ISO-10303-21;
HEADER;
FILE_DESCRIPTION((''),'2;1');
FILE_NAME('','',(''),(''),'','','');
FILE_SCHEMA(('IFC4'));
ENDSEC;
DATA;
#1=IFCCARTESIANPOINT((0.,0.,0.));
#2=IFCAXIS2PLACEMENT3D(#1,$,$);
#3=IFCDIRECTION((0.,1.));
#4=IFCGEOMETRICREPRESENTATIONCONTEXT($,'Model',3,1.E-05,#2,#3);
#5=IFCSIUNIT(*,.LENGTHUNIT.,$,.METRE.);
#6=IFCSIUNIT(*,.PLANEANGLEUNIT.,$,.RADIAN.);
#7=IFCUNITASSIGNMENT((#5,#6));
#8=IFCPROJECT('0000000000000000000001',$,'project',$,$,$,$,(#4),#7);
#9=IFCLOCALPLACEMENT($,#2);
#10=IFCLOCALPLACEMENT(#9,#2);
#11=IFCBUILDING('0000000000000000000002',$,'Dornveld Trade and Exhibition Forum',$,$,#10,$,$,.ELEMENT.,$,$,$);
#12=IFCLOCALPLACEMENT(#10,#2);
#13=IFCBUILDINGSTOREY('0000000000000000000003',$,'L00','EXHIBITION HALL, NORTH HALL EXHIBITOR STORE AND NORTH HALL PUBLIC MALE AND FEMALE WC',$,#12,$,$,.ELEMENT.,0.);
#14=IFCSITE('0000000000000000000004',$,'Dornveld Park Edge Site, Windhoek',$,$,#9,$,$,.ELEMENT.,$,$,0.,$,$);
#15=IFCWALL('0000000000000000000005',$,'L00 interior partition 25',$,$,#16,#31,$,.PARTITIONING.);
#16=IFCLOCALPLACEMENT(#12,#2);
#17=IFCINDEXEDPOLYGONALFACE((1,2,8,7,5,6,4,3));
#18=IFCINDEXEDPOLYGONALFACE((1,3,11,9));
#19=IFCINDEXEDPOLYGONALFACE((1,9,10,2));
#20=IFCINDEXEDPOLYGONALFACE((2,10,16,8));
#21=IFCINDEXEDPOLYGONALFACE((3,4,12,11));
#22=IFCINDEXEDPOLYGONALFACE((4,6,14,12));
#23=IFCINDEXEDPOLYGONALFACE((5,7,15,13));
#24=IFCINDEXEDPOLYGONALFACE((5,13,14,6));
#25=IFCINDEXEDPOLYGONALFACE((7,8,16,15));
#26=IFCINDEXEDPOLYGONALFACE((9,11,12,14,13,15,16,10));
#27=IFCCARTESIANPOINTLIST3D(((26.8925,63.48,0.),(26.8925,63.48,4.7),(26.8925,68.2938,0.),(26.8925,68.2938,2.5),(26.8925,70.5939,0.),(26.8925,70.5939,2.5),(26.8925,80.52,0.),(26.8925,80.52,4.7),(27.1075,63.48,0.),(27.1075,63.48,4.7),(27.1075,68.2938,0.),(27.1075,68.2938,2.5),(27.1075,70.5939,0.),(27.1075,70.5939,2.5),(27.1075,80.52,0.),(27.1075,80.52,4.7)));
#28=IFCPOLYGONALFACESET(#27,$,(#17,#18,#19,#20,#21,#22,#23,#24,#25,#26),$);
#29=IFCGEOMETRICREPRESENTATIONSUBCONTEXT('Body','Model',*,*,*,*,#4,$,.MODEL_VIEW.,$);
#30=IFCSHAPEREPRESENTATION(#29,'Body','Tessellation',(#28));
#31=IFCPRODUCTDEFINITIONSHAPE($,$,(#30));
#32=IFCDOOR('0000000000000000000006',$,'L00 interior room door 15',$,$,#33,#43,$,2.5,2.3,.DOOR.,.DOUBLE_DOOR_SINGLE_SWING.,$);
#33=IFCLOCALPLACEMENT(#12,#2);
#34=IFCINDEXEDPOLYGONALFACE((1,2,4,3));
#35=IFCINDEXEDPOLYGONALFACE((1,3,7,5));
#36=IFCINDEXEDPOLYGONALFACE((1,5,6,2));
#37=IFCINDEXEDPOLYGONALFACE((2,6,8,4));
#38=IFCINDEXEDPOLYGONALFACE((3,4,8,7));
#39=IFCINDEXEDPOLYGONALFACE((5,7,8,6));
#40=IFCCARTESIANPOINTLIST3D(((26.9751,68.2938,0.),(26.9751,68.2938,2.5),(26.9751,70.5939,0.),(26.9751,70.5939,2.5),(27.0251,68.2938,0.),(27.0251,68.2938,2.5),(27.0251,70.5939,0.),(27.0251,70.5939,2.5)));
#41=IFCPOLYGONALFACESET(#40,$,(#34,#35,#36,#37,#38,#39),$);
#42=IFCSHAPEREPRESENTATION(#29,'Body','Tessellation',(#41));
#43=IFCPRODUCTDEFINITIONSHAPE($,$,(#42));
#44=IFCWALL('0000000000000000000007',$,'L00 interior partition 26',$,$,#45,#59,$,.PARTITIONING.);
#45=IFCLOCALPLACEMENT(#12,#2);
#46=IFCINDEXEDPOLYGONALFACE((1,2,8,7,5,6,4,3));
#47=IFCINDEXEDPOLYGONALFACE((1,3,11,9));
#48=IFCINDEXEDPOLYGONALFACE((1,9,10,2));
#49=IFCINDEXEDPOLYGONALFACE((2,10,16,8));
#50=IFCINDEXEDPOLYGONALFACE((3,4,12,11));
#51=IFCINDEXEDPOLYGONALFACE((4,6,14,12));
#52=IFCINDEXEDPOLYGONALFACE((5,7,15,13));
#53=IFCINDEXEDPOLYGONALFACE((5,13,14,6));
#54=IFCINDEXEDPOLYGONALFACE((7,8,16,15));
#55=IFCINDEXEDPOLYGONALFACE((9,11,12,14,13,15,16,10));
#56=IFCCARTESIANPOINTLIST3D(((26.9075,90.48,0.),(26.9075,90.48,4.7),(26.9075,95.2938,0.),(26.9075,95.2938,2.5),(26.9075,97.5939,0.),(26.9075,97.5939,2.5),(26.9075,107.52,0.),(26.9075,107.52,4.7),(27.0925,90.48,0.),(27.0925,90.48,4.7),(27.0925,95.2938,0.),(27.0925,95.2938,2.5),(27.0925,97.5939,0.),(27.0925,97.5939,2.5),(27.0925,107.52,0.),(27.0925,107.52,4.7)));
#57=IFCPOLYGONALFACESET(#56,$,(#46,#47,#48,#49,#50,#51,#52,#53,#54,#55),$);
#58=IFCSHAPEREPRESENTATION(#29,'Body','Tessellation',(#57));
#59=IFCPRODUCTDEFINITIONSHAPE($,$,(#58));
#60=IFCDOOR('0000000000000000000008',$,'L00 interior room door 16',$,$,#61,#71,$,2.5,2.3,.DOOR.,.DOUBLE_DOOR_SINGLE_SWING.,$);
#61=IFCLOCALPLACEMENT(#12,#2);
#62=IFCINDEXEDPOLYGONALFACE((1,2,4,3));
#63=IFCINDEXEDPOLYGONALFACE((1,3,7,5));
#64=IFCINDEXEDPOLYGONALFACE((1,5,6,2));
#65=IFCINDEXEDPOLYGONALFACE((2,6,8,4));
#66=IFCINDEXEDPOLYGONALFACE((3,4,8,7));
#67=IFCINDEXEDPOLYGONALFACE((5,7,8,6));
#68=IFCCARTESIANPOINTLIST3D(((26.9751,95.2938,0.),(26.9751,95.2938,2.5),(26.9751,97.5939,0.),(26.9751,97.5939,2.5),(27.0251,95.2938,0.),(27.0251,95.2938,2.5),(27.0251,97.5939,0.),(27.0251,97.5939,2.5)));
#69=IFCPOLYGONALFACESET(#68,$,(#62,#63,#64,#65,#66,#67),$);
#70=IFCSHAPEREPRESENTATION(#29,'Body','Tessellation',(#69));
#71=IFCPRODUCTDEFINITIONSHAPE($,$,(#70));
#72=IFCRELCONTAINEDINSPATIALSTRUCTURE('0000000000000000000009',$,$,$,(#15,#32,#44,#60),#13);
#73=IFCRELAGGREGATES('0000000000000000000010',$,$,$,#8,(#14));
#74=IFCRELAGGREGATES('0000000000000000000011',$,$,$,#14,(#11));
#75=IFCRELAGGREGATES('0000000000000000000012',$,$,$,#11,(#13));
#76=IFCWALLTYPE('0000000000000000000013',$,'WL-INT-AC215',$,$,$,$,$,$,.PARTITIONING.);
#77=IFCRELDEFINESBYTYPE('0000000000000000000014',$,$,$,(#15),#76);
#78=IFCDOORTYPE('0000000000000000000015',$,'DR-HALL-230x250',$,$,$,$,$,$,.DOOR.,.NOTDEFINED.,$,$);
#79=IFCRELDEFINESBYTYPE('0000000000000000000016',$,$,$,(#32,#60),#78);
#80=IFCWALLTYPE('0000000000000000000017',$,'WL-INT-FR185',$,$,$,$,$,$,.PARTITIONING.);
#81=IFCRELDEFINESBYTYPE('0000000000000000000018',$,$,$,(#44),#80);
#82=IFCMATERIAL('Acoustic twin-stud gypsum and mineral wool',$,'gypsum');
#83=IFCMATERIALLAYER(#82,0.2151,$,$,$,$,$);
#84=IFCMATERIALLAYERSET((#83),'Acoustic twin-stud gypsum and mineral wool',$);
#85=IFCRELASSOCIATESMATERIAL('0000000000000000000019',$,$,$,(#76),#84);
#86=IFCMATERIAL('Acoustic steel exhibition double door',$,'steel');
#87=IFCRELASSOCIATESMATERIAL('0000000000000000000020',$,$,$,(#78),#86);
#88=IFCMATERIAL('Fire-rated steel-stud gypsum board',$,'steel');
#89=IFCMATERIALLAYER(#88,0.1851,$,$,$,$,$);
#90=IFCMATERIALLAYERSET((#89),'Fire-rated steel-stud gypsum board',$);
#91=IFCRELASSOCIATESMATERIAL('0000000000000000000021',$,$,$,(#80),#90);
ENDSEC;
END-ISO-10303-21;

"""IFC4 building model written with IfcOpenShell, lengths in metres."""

from ifc_helpers import new_model, si_unit, direction, frame, frame_2d, origin, place, context, subcontext, project, spatial, rectangle, extrude, material, layer, layer_set, type_object, element, fill, save


model = new_model("IFC4")

# Units and contexts
model_context = context("Model", 3, precision=1e-05, world=origin(), true_north=direction((0.0, 1.0)))
body_context = subcontext(model_context, "Body", "Model", "MODEL_VIEW")
ifc_project = project(units=[si_unit("LENGTHUNIT", "METRE"), si_unit("PLANEANGLEUNIT", "RADIAN")], contexts=[model_context])

# Site, building, storey
site_placement = place(None, origin())
site = spatial("IfcSite", under=ifc_project, at=site_placement, Name="Dornveld Park Edge Site, Windhoek", CompositionType="ELEMENT", RefElevation=0.0)
building_placement = place(site_placement, origin())
building = spatial("IfcBuilding", under=site, at=building_placement, Name="Dornveld Trade and Exhibition Forum", CompositionType="ELEMENT")
storey_placement = place(building_placement, origin())
storey = spatial("IfcBuildingStorey", under=building, at=storey_placement, Name="L00", Description="EXHIBITION HALL, NORTH HALL EXHIBITOR STORE AND NORTH HALL PUBLIC MALE AND FEMALE WC", CompositionType="ELEMENT", Elevation=0.0)

# Walls, openings, doors
ifc_material_1 = material(Name="Acoustic twin-stud gypsum and mineral wool", Category="gypsum")
ifc_layer_1 = layer(ifc_material_1, 0.2151)
ifc_layer_set_1 = layer_set([ifc_layer_1], Name="Acoustic twin-stud gypsum and mineral wool")
wall_type_1 = type_object("IfcWallType", Name="WL-INT-AC215", PredefinedType="PARTITIONING", material=ifc_layer_set_1)
wall_1_placement = place(storey_placement, frame((27.0, 63.48, 0.0), z_axis=(0.0, 0.0, 1.0), x_axis=(0.0, 1.0, 0.0)))
wall_1 = element("IfcWall", 1, at=wall_1_placement, inside=storey, type_object=wall_type_1, Name="L00 interior partition 25", PredefinedType="PARTITIONING", context=body_context, shape_type="SweptSolid", body=[
    extrude(rectangle(XDim=17.04, YDim=0.2151, at=frame_2d((8.52, 0.0))), origin(), (0.0, 0.0, 1.0), 4.7),
])
opening_1_placement = place(wall_1_placement, frame((4.814, 0.0, 0.0)))
opening_1 = element("IfcOpeningElement", 2, at=opening_1_placement, cuts=wall_1, PredefinedType="OPENING", context=body_context, shape_type="SweptSolid", body=[
    extrude(rectangle(XDim=2.3, YDim=2.5, at=frame_2d((1.1499, 1.25))), frame((0.0, 0.1174, 0.0), z_axis=(0.0, -1.0, 0.0), x_axis=(1.0, 0.0, 0.0)), (0.0, 0.0, 1.0), 0.2351),
])
ifc_material_2 = material(Name="Acoustic steel exhibition double door", Category="steel")
door_type = type_object("IfcDoorType", Name="DR-HALL-230x250", OperationType="NOTDEFINED", PredefinedType="DOOR", material=ifc_material_2)
door_1_placement = place(opening_1_placement, origin())
door_1 = element("IfcDoor", 3, at=door_1_placement, inside=storey, type_object=door_type, Name="L00 interior room door 15", OperationType="DOUBLE_DOOR_SINGLE_SWING", OverallHeight=2.5, OverallWidth=2.3, PredefinedType="DOOR", context=body_context, shape_type="SweptSolid", body=[
    extrude(rectangle(XDim=2.3, YDim=2.5, at=frame_2d((1.1499, 1.25))), frame((0.0, 0.0249, 0.0), z_axis=(0.0, -1.0, 0.0), x_axis=(1.0, 0.0, 0.0)), (0.0, 0.0, 1.0), 0.05),
])
fill(opening_1, door_1)
ifc_material_3 = material(Name="Fire-rated steel-stud gypsum board", Category="steel")
ifc_layer_2 = layer(ifc_material_3, 0.1851)
ifc_layer_set_2 = layer_set([ifc_layer_2], Name="Fire-rated steel-stud gypsum board")
wall_type_2 = type_object("IfcWallType", Name="WL-INT-FR185", PredefinedType="PARTITIONING", material=ifc_layer_set_2)
wall_2_placement = place(storey_placement, frame((27.0, 90.48, 0.0), z_axis=(0.0, 0.0, 1.0), x_axis=(0.0, 1.0, 0.0)))
wall_2 = element("IfcWall", 4, at=wall_2_placement, inside=storey, type_object=wall_type_2, Name="L00 interior partition 26", PredefinedType="PARTITIONING", context=body_context, shape_type="SweptSolid", body=[
    extrude(rectangle(XDim=17.04, YDim=0.1851, at=frame_2d((8.52, 0.0))), origin(), (0.0, 0.0, 1.0), 4.7),
])
opening_2_placement = place(wall_2_placement, frame((4.814, 0.0, 0.0)))
opening_2 = element("IfcOpeningElement", 5, at=opening_2_placement, cuts=wall_2, PredefinedType="OPENING", context=body_context, shape_type="SweptSolid", body=[
    extrude(rectangle(XDim=2.3, YDim=2.5, at=frame_2d((1.1499, 1.25))), frame((0.0, 0.1025, 0.0), z_axis=(0.0, -1.0, 0.0), x_axis=(1.0, 0.0, 0.0)), (0.0, 0.0, 1.0), 0.2051),
])
door_2_placement = place(opening_2_placement, origin())
door_2 = element("IfcDoor", 6, at=door_2_placement, inside=storey, type_object=door_type, Name="L00 interior room door 16", OperationType="DOUBLE_DOOR_SINGLE_SWING", OverallHeight=2.5, OverallWidth=2.3, PredefinedType="DOOR", context=body_context, shape_type="SweptSolid", body=[
    extrude(rectangle(XDim=2.3, YDim=2.5, at=frame_2d((1.1499, 1.25))), frame((0.0, 0.0249, 0.0), z_axis=(0.0, -1.0, 0.0), x_axis=(1.0, 0.0, 0.0)), (0.0, 0.0, 1.0), 0.05),
])
fill(opening_2, door_2)

save(model, "model.ifc")
